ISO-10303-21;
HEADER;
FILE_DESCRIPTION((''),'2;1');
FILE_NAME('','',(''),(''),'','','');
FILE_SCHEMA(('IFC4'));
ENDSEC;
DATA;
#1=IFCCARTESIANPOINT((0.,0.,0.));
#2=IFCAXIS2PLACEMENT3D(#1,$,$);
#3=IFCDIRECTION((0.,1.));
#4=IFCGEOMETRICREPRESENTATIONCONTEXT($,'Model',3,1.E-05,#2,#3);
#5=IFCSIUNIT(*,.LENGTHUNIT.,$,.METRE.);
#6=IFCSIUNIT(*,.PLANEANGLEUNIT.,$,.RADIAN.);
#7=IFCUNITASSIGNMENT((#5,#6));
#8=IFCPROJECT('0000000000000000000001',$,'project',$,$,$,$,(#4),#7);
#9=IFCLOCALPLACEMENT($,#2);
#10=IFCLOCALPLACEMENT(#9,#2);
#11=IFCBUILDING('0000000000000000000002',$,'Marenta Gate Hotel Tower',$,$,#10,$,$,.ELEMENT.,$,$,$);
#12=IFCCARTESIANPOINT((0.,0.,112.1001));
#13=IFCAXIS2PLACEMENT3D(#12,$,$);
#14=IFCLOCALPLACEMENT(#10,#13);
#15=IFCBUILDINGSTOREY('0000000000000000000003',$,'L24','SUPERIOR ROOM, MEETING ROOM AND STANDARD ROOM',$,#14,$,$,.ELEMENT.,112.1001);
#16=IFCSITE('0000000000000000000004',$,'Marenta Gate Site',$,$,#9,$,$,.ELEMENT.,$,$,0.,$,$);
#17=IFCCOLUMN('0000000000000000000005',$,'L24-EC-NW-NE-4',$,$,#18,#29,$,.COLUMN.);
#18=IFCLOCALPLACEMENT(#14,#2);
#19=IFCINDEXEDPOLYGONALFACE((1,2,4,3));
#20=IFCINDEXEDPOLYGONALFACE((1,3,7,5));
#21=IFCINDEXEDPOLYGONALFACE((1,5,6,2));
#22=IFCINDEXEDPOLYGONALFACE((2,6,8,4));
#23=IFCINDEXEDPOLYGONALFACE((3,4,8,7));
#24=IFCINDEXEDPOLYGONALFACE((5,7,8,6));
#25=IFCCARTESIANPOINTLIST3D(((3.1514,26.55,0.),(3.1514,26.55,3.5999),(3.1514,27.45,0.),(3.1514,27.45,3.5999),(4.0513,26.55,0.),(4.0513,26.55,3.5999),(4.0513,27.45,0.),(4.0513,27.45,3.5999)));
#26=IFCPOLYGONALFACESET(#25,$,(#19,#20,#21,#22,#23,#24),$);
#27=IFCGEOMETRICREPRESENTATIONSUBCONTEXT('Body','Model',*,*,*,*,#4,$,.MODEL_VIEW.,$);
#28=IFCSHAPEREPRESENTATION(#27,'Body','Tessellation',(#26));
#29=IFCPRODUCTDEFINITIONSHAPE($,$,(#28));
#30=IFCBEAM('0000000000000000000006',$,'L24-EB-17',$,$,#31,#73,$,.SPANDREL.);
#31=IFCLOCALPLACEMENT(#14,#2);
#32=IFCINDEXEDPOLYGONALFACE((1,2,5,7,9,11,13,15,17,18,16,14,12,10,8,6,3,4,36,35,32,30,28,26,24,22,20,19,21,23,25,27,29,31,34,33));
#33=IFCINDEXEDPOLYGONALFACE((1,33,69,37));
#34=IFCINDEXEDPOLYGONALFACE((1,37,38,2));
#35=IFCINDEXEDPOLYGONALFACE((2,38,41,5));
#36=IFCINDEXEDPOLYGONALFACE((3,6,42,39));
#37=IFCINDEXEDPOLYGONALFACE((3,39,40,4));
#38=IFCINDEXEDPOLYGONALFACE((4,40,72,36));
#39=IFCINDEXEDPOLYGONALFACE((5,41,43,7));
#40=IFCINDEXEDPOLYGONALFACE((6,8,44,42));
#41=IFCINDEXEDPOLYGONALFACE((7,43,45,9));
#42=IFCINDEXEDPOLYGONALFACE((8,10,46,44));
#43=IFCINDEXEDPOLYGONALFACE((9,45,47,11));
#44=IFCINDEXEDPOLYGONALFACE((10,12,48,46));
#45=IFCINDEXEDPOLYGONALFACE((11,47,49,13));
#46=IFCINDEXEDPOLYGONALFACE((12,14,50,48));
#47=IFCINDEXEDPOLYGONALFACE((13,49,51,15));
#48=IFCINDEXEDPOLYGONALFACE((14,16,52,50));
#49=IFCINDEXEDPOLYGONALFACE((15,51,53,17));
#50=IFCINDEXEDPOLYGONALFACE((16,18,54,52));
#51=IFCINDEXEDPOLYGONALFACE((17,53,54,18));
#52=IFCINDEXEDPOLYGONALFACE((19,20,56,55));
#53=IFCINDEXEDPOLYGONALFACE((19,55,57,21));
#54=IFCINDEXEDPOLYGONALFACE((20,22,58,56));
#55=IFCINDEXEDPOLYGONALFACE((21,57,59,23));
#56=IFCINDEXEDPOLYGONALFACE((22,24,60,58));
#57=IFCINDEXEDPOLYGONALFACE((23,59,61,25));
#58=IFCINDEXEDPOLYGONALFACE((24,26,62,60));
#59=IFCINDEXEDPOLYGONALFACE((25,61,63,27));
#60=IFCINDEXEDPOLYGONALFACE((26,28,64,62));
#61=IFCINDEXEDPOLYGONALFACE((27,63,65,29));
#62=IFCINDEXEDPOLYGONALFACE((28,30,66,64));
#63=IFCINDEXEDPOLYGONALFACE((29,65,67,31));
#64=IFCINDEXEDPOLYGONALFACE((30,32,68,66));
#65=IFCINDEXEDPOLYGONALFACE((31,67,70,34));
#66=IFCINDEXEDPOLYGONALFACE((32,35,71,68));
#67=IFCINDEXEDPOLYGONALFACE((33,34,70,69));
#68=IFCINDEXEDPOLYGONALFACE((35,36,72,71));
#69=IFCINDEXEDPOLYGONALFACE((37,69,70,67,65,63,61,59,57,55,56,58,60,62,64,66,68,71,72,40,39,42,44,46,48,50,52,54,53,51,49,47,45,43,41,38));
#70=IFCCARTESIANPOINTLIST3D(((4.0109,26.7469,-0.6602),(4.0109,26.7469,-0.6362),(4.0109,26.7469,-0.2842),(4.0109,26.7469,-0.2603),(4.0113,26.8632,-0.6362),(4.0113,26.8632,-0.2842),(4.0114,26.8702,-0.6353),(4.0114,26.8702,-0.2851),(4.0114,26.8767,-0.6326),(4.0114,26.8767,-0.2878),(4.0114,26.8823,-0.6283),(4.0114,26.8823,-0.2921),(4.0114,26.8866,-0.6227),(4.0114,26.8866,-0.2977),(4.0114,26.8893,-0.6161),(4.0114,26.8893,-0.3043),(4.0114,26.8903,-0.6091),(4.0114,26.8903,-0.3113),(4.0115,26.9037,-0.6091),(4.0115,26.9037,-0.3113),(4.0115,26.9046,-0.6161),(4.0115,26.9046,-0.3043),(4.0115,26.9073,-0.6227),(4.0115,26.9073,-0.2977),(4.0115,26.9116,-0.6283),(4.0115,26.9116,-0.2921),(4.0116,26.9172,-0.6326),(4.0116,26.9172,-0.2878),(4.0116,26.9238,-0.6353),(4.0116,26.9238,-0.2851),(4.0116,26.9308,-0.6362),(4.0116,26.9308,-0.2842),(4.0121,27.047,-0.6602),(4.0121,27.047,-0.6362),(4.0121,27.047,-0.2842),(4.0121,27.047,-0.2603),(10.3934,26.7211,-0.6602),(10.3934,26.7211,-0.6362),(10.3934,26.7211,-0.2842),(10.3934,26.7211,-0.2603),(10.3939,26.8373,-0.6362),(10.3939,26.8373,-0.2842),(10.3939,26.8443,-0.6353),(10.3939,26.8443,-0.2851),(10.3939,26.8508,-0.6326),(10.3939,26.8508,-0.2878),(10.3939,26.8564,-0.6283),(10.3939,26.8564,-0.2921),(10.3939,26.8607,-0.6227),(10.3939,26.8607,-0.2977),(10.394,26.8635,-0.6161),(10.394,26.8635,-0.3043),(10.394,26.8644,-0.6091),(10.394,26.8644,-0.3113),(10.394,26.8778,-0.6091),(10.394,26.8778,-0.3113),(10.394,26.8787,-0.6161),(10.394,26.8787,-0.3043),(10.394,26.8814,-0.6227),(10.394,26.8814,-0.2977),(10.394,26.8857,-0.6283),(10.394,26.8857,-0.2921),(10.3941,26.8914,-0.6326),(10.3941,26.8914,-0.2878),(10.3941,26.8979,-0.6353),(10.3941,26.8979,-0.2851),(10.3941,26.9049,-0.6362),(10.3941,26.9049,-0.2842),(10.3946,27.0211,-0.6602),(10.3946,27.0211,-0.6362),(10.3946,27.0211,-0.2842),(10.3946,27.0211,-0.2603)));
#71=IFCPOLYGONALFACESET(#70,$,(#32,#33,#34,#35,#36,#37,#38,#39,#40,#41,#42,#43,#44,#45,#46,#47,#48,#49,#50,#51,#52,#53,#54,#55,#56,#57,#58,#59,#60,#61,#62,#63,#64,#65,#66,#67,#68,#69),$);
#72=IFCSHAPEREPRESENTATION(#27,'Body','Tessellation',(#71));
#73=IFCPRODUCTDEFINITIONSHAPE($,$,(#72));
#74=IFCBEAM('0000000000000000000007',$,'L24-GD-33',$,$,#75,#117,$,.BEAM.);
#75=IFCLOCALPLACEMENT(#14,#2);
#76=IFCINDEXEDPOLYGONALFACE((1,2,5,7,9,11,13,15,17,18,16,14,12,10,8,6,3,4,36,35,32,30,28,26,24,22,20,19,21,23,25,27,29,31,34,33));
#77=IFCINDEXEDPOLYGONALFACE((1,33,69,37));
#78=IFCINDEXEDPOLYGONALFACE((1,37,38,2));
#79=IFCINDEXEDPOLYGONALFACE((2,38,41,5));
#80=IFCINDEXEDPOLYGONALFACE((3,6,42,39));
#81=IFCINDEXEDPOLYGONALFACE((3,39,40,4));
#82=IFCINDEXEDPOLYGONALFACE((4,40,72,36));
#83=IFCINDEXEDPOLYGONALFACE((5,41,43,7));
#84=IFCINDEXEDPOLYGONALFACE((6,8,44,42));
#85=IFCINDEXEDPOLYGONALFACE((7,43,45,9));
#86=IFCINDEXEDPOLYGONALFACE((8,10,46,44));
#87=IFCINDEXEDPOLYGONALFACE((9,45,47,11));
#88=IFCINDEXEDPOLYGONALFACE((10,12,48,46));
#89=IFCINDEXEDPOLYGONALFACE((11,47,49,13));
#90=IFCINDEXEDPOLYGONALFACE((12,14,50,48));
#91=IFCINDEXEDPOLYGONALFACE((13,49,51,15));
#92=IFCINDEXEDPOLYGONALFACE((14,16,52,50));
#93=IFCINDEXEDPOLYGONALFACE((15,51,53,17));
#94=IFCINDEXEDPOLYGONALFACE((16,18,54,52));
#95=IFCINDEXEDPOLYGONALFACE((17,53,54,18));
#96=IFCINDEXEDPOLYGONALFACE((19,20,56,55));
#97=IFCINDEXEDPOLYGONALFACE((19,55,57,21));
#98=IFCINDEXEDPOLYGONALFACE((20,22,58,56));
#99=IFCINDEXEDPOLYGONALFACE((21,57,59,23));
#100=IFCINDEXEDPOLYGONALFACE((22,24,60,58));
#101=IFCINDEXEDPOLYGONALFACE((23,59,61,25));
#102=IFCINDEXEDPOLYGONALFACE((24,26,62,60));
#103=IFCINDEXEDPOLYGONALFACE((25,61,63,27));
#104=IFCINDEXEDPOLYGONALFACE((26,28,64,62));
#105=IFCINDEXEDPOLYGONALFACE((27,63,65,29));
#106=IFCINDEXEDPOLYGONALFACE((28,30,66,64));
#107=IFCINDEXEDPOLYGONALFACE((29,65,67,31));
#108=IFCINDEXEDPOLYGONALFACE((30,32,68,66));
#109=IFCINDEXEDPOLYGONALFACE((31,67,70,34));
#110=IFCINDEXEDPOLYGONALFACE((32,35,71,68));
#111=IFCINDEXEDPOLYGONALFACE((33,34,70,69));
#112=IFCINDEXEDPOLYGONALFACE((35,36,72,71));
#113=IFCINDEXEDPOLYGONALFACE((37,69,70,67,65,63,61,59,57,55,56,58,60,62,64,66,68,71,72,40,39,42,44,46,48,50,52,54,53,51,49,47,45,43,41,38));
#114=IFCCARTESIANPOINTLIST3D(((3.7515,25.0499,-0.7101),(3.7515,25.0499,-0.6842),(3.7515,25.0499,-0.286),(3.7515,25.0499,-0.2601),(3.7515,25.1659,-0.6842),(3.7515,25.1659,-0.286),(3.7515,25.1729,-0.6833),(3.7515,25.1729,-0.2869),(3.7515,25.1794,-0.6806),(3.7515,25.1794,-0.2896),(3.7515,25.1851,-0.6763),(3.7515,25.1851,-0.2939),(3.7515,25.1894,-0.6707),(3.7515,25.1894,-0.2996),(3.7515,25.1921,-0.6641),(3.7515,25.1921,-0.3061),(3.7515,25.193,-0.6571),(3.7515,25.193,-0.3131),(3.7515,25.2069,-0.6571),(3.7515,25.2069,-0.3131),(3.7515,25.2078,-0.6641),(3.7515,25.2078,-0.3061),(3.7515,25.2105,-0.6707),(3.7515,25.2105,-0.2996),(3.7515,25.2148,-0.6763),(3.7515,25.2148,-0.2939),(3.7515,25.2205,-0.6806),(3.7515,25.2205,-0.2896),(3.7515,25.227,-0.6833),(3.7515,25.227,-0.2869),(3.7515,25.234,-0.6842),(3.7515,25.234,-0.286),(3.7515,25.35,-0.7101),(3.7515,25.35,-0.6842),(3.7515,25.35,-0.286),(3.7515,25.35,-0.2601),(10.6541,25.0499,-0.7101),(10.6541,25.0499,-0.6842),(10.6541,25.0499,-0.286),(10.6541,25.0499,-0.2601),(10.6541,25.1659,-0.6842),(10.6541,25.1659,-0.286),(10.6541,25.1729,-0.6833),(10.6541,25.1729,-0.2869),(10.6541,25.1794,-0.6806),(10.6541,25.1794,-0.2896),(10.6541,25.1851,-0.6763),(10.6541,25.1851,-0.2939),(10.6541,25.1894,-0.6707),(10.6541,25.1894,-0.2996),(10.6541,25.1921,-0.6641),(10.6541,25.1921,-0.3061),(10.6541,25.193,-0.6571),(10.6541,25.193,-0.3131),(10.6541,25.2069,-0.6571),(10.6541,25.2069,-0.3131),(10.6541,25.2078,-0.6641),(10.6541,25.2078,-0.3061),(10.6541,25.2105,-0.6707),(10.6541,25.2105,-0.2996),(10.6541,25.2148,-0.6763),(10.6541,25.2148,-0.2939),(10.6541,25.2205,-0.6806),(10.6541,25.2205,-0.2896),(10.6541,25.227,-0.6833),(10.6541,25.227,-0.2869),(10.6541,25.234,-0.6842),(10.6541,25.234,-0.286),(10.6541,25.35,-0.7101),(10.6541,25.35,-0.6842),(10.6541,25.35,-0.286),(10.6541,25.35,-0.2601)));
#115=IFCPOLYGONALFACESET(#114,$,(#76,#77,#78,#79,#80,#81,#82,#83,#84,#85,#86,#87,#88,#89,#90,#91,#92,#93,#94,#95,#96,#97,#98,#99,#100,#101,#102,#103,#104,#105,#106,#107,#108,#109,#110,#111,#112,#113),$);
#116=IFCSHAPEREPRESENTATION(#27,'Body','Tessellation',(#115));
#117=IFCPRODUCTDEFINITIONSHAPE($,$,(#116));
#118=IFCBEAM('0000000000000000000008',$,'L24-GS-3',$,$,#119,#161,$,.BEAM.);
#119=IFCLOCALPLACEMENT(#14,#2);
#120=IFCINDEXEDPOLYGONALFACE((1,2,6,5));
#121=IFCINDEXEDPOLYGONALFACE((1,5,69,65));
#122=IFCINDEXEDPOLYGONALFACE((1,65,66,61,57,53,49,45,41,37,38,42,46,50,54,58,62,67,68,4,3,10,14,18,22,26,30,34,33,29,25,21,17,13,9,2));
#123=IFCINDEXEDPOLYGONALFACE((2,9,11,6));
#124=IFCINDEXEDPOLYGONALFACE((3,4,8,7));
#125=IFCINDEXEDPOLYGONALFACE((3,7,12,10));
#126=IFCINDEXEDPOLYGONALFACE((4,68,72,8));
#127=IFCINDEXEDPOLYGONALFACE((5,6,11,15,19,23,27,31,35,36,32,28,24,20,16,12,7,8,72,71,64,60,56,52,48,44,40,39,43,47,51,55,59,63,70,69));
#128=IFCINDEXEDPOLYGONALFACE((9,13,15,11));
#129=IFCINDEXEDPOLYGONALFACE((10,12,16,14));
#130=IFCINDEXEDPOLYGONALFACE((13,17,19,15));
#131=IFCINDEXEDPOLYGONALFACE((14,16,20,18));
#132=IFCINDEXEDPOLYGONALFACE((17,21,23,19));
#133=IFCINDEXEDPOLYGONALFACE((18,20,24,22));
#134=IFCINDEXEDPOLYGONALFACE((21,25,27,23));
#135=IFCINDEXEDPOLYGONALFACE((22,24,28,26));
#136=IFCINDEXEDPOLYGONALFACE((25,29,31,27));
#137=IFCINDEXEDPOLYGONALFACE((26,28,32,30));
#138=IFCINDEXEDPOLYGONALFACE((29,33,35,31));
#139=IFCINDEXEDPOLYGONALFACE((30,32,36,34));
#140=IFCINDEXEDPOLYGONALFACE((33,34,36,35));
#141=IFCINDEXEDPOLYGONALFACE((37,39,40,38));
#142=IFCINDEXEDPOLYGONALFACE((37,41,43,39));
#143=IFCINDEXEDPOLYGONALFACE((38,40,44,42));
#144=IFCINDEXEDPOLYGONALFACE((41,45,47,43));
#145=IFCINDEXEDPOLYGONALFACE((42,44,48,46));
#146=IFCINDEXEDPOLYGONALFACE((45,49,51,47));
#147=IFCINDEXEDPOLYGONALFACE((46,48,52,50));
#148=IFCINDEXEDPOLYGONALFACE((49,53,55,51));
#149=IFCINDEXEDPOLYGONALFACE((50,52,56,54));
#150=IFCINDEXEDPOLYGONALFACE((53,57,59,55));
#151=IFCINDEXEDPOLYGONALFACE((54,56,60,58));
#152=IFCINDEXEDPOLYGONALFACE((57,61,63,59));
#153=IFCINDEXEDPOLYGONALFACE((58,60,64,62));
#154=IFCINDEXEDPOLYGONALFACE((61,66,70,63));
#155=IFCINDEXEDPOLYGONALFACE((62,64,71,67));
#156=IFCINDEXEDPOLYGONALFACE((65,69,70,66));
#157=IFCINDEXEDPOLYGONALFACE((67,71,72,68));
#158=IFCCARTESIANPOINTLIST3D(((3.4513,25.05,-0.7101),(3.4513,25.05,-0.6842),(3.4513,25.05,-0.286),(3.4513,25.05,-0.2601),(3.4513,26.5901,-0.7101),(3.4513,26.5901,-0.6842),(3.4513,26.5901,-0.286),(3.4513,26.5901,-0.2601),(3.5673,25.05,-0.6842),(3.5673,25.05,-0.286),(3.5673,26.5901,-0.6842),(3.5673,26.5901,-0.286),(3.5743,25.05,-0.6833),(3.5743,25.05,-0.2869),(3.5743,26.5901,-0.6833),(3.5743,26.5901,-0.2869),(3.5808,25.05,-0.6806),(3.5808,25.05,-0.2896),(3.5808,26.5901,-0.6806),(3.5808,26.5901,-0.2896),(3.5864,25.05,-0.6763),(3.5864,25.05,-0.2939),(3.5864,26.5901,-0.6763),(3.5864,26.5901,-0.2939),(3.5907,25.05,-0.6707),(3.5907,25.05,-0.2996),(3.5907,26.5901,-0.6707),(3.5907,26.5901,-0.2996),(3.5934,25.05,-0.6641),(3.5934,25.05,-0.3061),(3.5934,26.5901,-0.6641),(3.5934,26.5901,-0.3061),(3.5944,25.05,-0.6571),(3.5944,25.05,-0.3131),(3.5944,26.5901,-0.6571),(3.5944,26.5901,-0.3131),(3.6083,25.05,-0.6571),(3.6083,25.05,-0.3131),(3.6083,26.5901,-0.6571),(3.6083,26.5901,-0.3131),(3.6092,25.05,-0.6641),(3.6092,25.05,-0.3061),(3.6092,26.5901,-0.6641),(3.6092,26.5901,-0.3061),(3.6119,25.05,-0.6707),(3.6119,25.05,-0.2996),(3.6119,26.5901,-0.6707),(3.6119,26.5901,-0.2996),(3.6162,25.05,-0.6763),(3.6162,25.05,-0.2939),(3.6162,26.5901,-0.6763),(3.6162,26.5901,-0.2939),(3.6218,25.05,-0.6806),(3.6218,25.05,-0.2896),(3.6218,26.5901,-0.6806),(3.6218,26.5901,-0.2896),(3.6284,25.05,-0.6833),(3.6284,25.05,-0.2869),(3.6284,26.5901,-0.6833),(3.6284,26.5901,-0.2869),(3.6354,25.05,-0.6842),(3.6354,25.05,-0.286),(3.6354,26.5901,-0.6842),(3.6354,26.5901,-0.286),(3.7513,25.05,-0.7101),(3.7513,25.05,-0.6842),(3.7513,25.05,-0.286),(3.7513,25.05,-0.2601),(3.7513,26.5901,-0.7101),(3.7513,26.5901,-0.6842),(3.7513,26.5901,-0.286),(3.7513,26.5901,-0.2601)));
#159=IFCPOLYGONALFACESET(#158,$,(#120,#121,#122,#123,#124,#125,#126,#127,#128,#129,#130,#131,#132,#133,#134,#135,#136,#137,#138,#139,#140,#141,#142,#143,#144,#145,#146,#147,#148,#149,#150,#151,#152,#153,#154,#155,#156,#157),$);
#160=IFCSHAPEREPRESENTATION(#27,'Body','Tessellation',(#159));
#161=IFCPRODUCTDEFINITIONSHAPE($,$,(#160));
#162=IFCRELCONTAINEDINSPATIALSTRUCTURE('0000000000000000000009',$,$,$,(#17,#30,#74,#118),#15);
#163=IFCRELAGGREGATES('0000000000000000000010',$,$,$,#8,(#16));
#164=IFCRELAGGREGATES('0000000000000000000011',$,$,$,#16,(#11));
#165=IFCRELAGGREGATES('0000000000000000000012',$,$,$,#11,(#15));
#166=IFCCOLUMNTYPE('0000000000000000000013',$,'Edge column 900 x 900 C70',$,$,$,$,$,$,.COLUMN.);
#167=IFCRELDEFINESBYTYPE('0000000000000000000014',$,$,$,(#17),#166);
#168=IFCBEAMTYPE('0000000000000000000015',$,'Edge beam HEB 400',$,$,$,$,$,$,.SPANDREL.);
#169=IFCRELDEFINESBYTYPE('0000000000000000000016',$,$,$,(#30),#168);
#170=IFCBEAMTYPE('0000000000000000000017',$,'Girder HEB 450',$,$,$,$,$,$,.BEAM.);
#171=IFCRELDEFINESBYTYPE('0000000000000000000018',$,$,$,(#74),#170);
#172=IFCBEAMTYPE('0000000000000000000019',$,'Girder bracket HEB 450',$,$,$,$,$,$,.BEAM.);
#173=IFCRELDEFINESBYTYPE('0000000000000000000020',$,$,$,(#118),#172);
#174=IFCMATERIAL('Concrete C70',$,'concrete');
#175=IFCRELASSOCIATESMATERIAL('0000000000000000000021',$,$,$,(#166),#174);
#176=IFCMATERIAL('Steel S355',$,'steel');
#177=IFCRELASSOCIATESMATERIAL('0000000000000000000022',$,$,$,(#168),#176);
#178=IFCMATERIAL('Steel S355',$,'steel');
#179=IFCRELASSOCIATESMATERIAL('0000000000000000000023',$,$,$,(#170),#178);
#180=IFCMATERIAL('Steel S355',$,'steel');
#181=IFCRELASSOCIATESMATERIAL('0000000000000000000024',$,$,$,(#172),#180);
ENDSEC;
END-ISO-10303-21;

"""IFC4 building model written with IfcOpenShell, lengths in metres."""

from ifc_helpers import new_model, si_unit, direction, frame, origin, origin_2d, place, context, subcontext, project, spatial, rectangle, i_section, extrude, material, material_profile, profile_set, type_object, element, save


model = new_model("IFC4")

# Units and contexts
model_context = context("Model", 3, precision=1e-05, world=origin(), true_north=direction((0.0, 1.0)))
body_context = subcontext(model_context, "Body", "Model", "MODEL_VIEW")
ifc_project = project(units=[si_unit("LENGTHUNIT", "METRE"), si_unit("PLANEANGLEUNIT", "RADIAN")], contexts=[model_context])

# Site, building, storey
site_placement = place(None, origin())
site = spatial("IfcSite", under=ifc_project, at=site_placement, Name="Marenta Gate Site", CompositionType="ELEMENT", RefElevation=0.0)
building_placement = place(site_placement, origin())
building = spatial("IfcBuilding", under=site, at=building_placement, Name="Marenta Gate Hotel Tower", CompositionType="ELEMENT")
storey_placement = place(building_placement, frame((0.0, 0.0, 112.1001)))
storey = spatial("IfcBuildingStorey", under=building, at=storey_placement, Name="L24", Description="SUPERIOR ROOM, MEETING ROOM AND STANDARD ROOM", CompositionType="ELEMENT", Elevation=112.1001)

# Column
ifc_material_1 = material(Name="Concrete C70", Category="concrete")
ifc_material_profile_1 = material_profile(ifc_material_1, rectangle(XDim=0.8999, YDim=0.8999, at=origin_2d()), Name="900 x 900")
ifc_profile_set_1 = profile_set([ifc_material_profile_1], Name="Concrete C70")
column_type = type_object("IfcColumnType", Name="Edge column 900 x 900 C70", PredefinedType="COLUMN", material=ifc_profile_set_1)
column_placement = place(storey_placement, frame((3.6013, 27.0, 0.0), z_axis=(0.0, 0.0, 1.0), x_axis=(1.0, 0.0, 0.0)))
element("IfcColumn", 1, at=column_placement, inside=storey, type_object=column_type, Name="L24-EC-NW-NE-4", PredefinedType="COLUMN", context=body_context, shape_type="SweptSolid", body=[
    extrude(rectangle(XDim=0.8999, YDim=0.8999, at=origin_2d()), origin(), (0.0, 0.0, 1.0), 3.5999),
])

# Beams
ifc_material_2 = material(Name="Steel S355", Category="steel")
ifc_material_profile_2 = material_profile(ifc_material_2, i_section(OverallWidth=0.3, OverallDepth=0.3999, WebThickness=0.0134, FlangeThickness=0.0239, FilletRadius=0.0271, at=origin_2d()), Name="HEB 400")
ifc_profile_set_2 = profile_set([ifc_material_profile_2], Name="Steel S355")
beam_type_1 = type_object("IfcBeamType", Name="Edge beam HEB 400", PredefinedType="SPANDREL", material=ifc_profile_set_2)
beam_1_placement = place(storey_placement, frame((4.0115, 26.897, -0.4602), z_axis=(0.999992, -0.004055, 0.0), x_axis=(0.004055, 0.999992, 0.0)))
element("IfcBeam", 2, at=beam_1_placement, inside=storey, type_object=beam_type_1, Name="L24-EB-17", PredefinedType="SPANDREL", context=body_context, shape_type="SweptSolid", body=[
    extrude(i_section(OverallWidth=0.3, OverallDepth=0.3999, WebThickness=0.0134, FlangeThickness=0.0239, FilletRadius=0.0271, at=origin_2d()), origin(), (0.0, 0.0, 1.0), 6.3826),
])
ifc_material_3 = material(Name="Steel S355", Category="steel")
ifc_material_profile_3 = material_profile(ifc_material_3, i_section(OverallWidth=0.3, OverallDepth=0.45, WebThickness=0.0139, FlangeThickness=0.0259, FilletRadius=0.0271, at=origin_2d()), Name="HEB 450")
ifc_profile_set_3 = profile_set([ifc_material_profile_3], Name="Steel S355")
beam_type_2 = type_object("IfcBeamType", Name="Girder HEB 450", PredefinedType="BEAM", material=ifc_profile_set_3)
beam_2_placement = place(storey_placement, frame((3.7515, 25.2, -0.4851), z_axis=(1.0, 0.0, 0.0), x_axis=(0.0, 1.0, 0.0)))
element("IfcBeam", 3, at=beam_2_placement, inside=storey, type_object=beam_type_2, Name="L24-GD-33", PredefinedType="BEAM", context=body_context, shape_type="SweptSolid", body=[
    extrude(i_section(OverallWidth=0.3, OverallDepth=0.45, WebThickness=0.0139, FlangeThickness=0.0259, FilletRadius=0.0271, at=origin_2d()), origin(), (0.0, 0.0, 1.0), 6.9026),
])
ifc_material_4 = material(Name="Steel S355", Category="steel")
ifc_material_profile_4 = material_profile(ifc_material_4, i_section(OverallWidth=0.3, OverallDepth=0.45, WebThickness=0.0139, FlangeThickness=0.0259, FilletRadius=0.0271, at=origin_2d()), Name="HEB 450")
ifc_profile_set_4 = profile_set([ifc_material_profile_4], Name="Steel S355")
beam_type_3 = type_object("IfcBeamType", Name="Girder bracket HEB 450", PredefinedType="BEAM", material=ifc_profile_set_4)
beam_3_placement = place(storey_placement, frame((3.6013, 25.05, -0.4851), z_axis=(0.0, 1.0, 0.0), x_axis=(-1.0, 0.0, 0.0)))
element("IfcBeam", 4, at=beam_3_placement, inside=storey, type_object=beam_type_3, Name="L24-GS-3", PredefinedType="BEAM", context=body_context, shape_type="SweptSolid", body=[
    extrude(i_section(OverallWidth=0.3, OverallDepth=0.45, WebThickness=0.0139, FlangeThickness=0.0259, FilletRadius=0.0271, at=origin_2d()), origin(), (0.0, 0.0, 1.0), 1.54),
])

save(model, "model.ifc")
